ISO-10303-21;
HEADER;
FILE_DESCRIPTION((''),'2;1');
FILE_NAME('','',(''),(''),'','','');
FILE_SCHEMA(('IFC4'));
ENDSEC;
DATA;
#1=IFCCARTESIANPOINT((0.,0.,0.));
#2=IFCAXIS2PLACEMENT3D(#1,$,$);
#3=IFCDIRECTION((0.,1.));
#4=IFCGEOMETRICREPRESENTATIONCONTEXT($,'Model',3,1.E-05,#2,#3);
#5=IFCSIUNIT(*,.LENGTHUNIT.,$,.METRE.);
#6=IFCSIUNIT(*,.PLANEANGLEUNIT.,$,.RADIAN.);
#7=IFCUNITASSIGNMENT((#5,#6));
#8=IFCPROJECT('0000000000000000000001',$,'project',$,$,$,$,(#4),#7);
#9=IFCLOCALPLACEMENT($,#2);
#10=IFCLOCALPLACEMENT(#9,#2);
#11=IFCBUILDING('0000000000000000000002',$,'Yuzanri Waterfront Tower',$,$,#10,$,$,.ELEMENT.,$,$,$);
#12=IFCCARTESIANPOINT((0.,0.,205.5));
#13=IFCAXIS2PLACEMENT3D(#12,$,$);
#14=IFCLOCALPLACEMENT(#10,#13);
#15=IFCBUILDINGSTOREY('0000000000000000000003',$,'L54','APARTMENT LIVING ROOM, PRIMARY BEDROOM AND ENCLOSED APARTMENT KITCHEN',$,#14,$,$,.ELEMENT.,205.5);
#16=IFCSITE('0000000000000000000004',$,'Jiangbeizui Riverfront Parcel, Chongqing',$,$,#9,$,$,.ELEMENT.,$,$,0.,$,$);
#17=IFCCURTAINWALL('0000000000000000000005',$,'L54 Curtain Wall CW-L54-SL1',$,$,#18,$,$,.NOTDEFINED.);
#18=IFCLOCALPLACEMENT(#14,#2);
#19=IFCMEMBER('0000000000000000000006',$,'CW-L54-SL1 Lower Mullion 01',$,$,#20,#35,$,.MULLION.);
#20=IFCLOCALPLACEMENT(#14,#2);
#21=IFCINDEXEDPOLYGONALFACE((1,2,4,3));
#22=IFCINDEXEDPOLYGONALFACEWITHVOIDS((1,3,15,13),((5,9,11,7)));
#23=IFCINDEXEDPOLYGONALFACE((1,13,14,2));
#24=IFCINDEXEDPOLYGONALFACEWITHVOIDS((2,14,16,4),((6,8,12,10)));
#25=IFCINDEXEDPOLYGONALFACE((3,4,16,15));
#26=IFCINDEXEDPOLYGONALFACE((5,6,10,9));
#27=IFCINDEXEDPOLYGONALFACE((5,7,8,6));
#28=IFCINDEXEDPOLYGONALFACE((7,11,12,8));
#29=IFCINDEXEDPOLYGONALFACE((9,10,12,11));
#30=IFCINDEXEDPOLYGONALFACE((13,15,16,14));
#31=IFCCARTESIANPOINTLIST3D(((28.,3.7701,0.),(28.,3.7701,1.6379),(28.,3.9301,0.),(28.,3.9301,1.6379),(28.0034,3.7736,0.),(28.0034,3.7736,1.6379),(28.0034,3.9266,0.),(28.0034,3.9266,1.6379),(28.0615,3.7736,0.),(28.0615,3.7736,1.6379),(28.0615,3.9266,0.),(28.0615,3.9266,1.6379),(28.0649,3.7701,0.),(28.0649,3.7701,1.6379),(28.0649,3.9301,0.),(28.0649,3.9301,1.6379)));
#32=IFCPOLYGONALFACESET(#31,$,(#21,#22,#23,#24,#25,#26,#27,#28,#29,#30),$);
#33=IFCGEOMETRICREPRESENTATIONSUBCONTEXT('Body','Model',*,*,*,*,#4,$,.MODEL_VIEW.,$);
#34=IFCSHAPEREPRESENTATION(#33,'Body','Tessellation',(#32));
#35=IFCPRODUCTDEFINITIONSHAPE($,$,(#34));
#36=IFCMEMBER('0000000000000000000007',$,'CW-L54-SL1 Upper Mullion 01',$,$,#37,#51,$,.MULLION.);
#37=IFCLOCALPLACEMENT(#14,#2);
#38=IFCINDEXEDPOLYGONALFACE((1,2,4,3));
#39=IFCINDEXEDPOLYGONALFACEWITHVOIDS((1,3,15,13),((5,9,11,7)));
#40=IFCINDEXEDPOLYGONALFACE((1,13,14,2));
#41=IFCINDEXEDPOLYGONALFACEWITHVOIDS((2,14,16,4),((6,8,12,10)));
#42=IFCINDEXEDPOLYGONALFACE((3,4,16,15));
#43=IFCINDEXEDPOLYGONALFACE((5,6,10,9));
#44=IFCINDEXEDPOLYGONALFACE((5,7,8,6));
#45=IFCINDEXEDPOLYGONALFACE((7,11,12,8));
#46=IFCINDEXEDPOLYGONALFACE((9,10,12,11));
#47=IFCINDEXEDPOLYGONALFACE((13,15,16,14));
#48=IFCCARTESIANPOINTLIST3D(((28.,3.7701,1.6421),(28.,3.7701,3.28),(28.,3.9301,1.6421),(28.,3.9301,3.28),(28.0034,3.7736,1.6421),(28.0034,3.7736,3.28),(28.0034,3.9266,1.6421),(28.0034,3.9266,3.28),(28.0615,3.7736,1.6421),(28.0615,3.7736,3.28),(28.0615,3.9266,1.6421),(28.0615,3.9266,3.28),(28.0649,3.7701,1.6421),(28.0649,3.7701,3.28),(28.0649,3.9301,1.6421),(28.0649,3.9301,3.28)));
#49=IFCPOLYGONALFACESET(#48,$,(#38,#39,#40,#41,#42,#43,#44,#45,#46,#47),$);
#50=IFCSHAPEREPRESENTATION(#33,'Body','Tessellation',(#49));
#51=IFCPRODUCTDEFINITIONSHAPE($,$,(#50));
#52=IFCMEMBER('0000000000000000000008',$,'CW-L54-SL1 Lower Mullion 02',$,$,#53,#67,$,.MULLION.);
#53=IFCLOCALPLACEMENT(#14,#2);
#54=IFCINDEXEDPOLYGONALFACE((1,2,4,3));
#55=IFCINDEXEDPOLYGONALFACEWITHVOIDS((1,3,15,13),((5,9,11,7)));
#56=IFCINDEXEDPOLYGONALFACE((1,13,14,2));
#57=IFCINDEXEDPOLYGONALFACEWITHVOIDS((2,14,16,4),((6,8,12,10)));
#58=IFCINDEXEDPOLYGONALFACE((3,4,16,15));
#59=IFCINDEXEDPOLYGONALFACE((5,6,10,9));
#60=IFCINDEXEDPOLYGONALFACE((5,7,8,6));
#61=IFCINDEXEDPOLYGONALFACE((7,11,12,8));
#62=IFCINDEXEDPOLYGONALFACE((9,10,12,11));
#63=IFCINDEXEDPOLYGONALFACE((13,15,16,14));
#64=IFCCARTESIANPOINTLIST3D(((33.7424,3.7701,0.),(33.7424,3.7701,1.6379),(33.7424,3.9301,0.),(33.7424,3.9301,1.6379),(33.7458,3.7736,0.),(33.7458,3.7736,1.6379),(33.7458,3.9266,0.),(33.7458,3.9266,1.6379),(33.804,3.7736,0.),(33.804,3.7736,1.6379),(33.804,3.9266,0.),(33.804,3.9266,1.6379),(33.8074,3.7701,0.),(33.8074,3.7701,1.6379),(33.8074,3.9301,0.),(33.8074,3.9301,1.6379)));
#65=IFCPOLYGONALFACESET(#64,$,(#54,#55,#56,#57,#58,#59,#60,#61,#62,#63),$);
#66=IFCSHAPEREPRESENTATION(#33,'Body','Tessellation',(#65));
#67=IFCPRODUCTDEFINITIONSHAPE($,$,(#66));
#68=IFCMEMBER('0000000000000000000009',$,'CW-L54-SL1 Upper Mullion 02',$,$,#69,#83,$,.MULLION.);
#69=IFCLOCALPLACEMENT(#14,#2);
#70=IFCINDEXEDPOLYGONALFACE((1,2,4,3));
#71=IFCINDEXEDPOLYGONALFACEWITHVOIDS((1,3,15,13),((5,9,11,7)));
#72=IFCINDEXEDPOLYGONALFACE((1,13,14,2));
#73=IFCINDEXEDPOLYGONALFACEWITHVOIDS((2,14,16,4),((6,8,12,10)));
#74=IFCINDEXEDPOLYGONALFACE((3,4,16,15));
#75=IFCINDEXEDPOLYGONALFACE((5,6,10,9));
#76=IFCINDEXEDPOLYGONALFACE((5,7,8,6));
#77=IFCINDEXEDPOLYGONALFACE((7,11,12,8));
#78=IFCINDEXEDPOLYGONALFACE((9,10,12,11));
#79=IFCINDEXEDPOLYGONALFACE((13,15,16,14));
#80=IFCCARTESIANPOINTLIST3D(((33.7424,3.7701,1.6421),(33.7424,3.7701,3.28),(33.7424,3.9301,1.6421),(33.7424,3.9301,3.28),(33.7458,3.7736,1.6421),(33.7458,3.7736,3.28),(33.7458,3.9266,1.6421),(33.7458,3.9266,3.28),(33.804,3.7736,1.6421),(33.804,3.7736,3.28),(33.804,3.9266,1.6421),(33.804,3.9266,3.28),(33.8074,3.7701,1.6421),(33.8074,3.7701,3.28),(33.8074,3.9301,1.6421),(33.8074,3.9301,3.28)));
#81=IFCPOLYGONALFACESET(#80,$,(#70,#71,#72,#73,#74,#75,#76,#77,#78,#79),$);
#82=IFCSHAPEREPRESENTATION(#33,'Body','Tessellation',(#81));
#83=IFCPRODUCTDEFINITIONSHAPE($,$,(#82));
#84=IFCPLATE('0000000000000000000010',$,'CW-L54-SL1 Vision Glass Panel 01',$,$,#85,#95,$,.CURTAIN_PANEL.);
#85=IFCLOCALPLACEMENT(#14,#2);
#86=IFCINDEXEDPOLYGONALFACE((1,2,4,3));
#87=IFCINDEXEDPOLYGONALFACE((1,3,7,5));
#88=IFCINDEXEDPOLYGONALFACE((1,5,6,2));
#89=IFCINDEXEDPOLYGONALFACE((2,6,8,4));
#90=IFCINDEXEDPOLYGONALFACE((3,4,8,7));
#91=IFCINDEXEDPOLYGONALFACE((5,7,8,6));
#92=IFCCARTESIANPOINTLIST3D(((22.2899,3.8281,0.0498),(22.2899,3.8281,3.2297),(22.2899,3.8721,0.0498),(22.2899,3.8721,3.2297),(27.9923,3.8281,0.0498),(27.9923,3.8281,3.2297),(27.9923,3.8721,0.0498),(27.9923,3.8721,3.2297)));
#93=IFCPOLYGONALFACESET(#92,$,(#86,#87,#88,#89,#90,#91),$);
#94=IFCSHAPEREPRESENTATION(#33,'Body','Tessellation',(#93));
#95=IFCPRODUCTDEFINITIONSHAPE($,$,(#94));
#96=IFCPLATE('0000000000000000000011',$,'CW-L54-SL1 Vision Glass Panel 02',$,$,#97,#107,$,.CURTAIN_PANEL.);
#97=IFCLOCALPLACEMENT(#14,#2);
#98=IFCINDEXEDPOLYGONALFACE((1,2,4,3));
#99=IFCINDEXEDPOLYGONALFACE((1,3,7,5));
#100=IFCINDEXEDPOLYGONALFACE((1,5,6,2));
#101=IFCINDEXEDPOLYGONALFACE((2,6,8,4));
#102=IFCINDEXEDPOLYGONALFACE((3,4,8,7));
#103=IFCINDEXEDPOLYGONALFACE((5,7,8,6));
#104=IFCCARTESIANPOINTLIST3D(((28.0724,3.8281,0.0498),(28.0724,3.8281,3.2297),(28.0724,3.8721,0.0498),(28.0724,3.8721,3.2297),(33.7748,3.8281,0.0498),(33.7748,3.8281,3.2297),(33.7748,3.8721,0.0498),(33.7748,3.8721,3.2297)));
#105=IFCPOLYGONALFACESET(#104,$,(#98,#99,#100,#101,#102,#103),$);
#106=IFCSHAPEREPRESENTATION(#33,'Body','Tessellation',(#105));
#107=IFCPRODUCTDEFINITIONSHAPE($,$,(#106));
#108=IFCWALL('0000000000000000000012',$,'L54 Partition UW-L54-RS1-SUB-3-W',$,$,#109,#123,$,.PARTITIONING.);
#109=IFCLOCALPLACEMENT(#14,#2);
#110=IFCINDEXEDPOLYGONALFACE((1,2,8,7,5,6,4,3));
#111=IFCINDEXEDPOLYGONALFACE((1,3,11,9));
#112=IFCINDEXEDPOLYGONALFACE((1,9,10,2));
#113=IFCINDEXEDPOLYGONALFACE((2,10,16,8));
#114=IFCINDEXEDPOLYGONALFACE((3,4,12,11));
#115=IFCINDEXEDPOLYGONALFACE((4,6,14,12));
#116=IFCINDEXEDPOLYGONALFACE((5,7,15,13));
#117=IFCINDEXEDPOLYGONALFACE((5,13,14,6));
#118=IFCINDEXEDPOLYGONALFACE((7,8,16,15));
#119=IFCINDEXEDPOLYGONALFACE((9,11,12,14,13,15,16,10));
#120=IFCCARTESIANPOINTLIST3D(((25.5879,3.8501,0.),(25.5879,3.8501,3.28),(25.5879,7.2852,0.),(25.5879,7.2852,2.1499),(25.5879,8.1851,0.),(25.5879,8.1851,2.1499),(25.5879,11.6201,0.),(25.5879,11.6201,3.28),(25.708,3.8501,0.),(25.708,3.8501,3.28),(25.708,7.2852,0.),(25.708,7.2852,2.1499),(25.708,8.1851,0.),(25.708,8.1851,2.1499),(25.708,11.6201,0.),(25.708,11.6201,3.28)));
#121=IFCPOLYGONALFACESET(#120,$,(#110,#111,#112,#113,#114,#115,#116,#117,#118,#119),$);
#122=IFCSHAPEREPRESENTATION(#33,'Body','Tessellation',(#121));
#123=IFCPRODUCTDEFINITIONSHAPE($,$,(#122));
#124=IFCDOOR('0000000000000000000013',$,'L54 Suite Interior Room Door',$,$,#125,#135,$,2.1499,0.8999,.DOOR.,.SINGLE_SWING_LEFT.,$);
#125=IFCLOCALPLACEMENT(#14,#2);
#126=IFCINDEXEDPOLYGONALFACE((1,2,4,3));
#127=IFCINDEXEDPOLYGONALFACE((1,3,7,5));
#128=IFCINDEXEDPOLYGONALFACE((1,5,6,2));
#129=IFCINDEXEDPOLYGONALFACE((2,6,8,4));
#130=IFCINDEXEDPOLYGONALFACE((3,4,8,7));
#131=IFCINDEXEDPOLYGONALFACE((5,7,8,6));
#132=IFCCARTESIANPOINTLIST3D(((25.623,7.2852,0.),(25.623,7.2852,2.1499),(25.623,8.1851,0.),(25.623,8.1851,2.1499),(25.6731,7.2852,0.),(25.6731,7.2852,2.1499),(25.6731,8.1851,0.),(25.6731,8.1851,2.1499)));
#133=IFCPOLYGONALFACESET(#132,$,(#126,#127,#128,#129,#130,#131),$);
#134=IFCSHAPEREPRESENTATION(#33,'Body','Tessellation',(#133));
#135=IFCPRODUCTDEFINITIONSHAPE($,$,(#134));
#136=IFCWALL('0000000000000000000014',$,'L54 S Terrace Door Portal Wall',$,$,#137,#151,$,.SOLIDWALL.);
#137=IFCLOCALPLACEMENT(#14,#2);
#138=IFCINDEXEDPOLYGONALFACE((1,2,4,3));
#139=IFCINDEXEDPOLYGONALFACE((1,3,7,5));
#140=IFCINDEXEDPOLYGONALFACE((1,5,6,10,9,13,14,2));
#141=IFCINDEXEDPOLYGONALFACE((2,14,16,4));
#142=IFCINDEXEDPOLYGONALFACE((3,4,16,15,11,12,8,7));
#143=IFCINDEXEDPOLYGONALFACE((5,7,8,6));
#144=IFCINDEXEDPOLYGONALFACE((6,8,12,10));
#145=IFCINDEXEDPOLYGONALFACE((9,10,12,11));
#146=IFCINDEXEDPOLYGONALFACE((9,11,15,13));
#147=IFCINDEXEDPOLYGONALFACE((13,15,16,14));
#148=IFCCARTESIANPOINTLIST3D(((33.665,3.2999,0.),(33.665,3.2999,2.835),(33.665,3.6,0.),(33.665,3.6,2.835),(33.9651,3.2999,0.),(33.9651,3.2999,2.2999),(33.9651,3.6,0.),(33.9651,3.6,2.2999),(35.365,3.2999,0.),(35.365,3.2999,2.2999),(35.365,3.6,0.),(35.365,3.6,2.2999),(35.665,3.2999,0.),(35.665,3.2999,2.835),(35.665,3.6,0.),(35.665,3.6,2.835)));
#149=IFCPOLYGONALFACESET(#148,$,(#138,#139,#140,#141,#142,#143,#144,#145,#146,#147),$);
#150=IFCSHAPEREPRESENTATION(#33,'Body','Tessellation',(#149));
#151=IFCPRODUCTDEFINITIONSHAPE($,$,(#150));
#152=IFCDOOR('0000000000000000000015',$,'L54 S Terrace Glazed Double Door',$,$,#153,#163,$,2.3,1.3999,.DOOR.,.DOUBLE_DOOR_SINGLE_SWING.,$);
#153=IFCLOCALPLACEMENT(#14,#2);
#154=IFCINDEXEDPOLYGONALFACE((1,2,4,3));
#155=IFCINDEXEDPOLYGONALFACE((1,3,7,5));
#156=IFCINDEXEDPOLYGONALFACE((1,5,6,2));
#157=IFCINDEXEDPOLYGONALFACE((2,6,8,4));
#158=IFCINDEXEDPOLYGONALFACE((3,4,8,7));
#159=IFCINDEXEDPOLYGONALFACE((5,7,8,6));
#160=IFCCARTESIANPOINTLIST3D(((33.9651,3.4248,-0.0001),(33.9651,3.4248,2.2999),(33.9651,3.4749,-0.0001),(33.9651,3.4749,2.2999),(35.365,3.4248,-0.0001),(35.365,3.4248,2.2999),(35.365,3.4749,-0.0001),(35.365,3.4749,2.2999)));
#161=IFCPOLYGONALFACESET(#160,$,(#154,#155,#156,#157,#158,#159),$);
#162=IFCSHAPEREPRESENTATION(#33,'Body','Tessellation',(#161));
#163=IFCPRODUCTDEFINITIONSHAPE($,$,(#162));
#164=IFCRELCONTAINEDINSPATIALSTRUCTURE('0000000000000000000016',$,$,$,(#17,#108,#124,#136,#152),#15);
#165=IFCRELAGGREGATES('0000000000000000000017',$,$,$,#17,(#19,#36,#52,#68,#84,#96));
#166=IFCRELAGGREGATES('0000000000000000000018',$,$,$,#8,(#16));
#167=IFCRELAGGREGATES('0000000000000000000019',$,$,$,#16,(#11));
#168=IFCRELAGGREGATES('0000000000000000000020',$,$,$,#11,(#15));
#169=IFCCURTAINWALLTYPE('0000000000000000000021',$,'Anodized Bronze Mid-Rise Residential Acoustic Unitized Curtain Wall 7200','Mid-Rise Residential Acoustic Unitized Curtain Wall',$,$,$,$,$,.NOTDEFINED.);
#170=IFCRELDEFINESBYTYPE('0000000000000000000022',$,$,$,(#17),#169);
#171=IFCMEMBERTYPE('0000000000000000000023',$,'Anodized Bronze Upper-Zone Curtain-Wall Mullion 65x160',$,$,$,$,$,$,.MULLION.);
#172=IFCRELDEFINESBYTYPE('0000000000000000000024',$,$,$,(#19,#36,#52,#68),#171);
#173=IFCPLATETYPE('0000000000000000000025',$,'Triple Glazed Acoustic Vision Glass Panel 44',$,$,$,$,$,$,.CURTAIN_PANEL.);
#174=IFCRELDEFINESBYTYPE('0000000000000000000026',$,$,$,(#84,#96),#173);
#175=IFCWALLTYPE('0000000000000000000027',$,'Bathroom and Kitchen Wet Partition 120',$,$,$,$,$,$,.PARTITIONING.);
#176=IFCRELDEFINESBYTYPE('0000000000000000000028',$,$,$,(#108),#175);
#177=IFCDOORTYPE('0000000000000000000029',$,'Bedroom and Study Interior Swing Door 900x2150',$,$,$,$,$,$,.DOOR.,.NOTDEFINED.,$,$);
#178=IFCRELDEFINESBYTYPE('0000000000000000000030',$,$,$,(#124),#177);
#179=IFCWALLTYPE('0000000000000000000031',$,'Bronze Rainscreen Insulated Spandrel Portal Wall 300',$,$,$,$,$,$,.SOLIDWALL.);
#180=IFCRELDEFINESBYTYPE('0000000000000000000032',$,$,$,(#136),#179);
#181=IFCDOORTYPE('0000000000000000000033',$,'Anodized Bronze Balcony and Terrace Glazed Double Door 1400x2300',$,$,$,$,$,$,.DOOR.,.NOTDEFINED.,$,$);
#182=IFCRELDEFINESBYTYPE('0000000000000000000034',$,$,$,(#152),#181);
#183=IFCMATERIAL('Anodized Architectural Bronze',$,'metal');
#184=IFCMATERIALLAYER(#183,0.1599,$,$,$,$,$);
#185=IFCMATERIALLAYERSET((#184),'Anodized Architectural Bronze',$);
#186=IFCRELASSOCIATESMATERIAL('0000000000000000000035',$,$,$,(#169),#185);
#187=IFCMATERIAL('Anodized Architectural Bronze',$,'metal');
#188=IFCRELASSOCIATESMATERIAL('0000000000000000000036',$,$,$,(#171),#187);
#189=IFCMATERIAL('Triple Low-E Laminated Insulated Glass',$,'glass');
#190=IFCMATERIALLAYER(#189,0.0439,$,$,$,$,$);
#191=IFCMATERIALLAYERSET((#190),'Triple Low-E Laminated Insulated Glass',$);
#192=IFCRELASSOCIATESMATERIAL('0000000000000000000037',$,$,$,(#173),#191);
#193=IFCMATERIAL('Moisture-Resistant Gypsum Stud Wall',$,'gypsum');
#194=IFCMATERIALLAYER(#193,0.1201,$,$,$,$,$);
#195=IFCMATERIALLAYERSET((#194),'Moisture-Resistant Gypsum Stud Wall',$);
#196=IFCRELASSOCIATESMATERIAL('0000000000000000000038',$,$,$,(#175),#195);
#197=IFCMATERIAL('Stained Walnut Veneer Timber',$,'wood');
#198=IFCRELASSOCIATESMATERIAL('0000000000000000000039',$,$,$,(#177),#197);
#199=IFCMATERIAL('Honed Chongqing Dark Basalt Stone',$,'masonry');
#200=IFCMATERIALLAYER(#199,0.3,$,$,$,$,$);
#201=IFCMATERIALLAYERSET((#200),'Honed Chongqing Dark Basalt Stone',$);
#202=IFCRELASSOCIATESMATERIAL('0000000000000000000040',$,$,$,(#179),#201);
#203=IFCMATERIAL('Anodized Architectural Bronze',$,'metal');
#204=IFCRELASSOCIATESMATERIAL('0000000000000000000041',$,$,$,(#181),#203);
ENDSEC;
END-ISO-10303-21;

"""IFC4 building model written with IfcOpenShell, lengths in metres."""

from ifc_helpers import new_model, si_unit, direction, frame, frame_2d, origin, origin_2d, place, context, subcontext, project, spatial, rectangle, hollow_rectangle, extrude, source, transform, mapped, material, layer, layer_set, material_profile, profile_set, type_object, element, fill, aggregate, save


model = new_model("IFC4")

# Units and contexts
model_context = context("Model", 3, precision=1e-05, world=origin(), true_north=direction((0.0, 1.0)))
body_context = subcontext(model_context, "Body", "Model", "MODEL_VIEW")
ifc_project = project(units=[si_unit("LENGTHUNIT", "METRE"), si_unit("PLANEANGLEUNIT", "RADIAN")], contexts=[model_context])

# Site, building, storey
site_placement = place(None, origin())
site = spatial("IfcSite", under=ifc_project, at=site_placement, Name="Jiangbeizui Riverfront Parcel, Chongqing", CompositionType="ELEMENT", RefElevation=0.0)
building_placement = place(site_placement, origin())
building = spatial("IfcBuilding", under=site, at=building_placement, Name="Yuzanri Waterfront Tower", CompositionType="ELEMENT")
storey_placement = place(building_placement, frame((0.0, 0.0, 205.5)))
storey = spatial("IfcBuildingStorey", under=building, at=storey_placement, Name="L54", Description="APARTMENT LIVING ROOM, PRIMARY BEDROOM AND ENCLOSED APARTMENT KITCHEN", CompositionType="ELEMENT", Elevation=205.5)

# Curtain wall, members, plates
ifc_material_1 = material(Name="Anodized Architectural Bronze", Category="metal")
ifc_layer_1 = layer(ifc_material_1, 0.1599)
ifc_layer_set_1 = layer_set([ifc_layer_1], Name="Anodized Architectural Bronze")
curtain_wall_type = type_object("IfcCurtainWallType", Name="Anodized Bronze Mid-Rise Residential Acoustic Unitized Curtain Wall 7200", Description="Mid-Rise Residential Acoustic Unitized Curtain Wall", PredefinedType="NOTDEFINED", material=ifc_layer_set_1)
curtain_wall_placement = place(storey_placement, origin())
curtain_wall = element("IfcCurtainWall", 1, at=curtain_wall_placement, inside=storey, type_object=curtain_wall_type, Name="L54 Curtain Wall CW-L54-SL1", PredefinedType="NOTDEFINED")
ifc_material_2 = material(Name="Anodized Architectural Bronze", Category="metal")
ifc_material_profile = material_profile(ifc_material_2, hollow_rectangle(XDim=0.0649, YDim=0.1599, WallThickness=0.0034, at=origin_2d()), Name="CWM 65x160")
ifc_profile_set = profile_set([ifc_material_profile], Name="Anodized Architectural Bronze")
member_type = type_object("IfcMemberType", Name="Anodized Bronze Upper-Zone Curtain-Wall Mullion 65x160", PredefinedType="MULLION", material=ifc_profile_set)
shared_shape_1 = source(origin(), body_context, "Body", "SweptSolid", [
    extrude(hollow_rectangle(XDim=0.0649, YDim=0.1599, WallThickness=0.0034, at=origin_2d()), origin(), (0.0, 0.0, 1.0), 1.6379),
])
member_1_placement = place(storey_placement, frame((28.0325, 3.8501, 0.0), z_axis=(0.0, 0.0, 1.0), x_axis=(1.0, 0.0, 0.0)))
member_1 = element("IfcMember", 2, at=member_1_placement, type_object=member_type, Name="CW-L54-SL1 Lower Mullion 01", PredefinedType="MULLION", context=body_context, shape_type="MappedRepresentation", body=[
    mapped(shared_shape_1, transform((0.0, 0.0, 0.0), scale=1.0)),
])
member_2_placement = place(storey_placement, frame((28.0325, 3.8501, 1.6421), z_axis=(0.0, 0.0, 1.0), x_axis=(1.0, 0.0, 0.0)))
member_2 = element("IfcMember", 3, at=member_2_placement, type_object=member_type, Name="CW-L54-SL1 Upper Mullion 01", PredefinedType="MULLION", context=body_context, shape_type="MappedRepresentation", body=[
    mapped(shared_shape_1, transform((0.0, 0.0, 0.0), scale=1.0)),
])
member_3_placement = place(storey_placement, frame((33.7749, 3.8501, 0.0), z_axis=(0.0, 0.0, 1.0), x_axis=(1.0, 0.0, 0.0)))
member_3 = element("IfcMember", 4, at=member_3_placement, type_object=member_type, Name="CW-L54-SL1 Lower Mullion 02", PredefinedType="MULLION", context=body_context, shape_type="MappedRepresentation", body=[
    mapped(shared_shape_1, transform((0.0, 0.0, 0.0), scale=1.0)),
])
member_4_placement = place(storey_placement, frame((33.7749, 3.8501, 1.6421), z_axis=(0.0, 0.0, 1.0), x_axis=(1.0, 0.0, 0.0)))
member_4 = element("IfcMember", 5, at=member_4_placement, type_object=member_type, Name="CW-L54-SL1 Upper Mullion 02", PredefinedType="MULLION", context=body_context, shape_type="MappedRepresentation", body=[
    mapped(shared_shape_1, transform((0.0, 0.0, 0.0), scale=1.0)),
])
ifc_material_3 = material(Name="Triple Low-E Laminated Insulated Glass", Category="glass")
ifc_layer_2 = layer(ifc_material_3, 0.0439)
ifc_layer_set_2 = layer_set([ifc_layer_2], Name="Triple Low-E Laminated Insulated Glass")
plate_type = type_object("IfcPlateType", Name="Triple Glazed Acoustic Vision Glass Panel 44", PredefinedType="CURTAIN_PANEL", material=ifc_layer_set_2)
shared_shape_2 = source(origin(), body_context, "Body", "SweptSolid", [
    extrude(rectangle(XDim=5.7024, YDim=0.0439, at=origin_2d()), origin(), (0.0, 0.0, 1.0), 3.1799),
])
plate_1_placement = place(storey_placement, frame((25.1411, 3.8501, 0.0498), z_axis=(0.0, 0.0, 1.0), x_axis=(1.0, 0.0, 0.0)))
plate_1 = element("IfcPlate", 6, at=plate_1_placement, type_object=plate_type, Name="CW-L54-SL1 Vision Glass Panel 01", PredefinedType="CURTAIN_PANEL", context=body_context, shape_type="MappedRepresentation", body=[
    mapped(shared_shape_2, transform((0.0, 0.0, 0.0), scale=1.0)),
])
plate_2_placement = place(storey_placement, frame((30.9236, 3.8501, 0.0498), z_axis=(0.0, 0.0, 1.0), x_axis=(1.0, 0.0, 0.0)))
plate_2 = element("IfcPlate", 7, at=plate_2_placement, type_object=plate_type, Name="CW-L54-SL1 Vision Glass Panel 02", PredefinedType="CURTAIN_PANEL", context=body_context, shape_type="MappedRepresentation", body=[
    mapped(shared_shape_2, transform((0.0, 0.0, 0.0), scale=1.0)),
])
aggregate(curtain_wall, [member_1, member_2, member_3, member_4, plate_1, plate_2])

# Walls, openings, doors
ifc_material_4 = material(Name="Moisture-Resistant Gypsum Stud Wall", Category="gypsum")
ifc_layer_3 = layer(ifc_material_4, 0.1201)
ifc_layer_set_3 = layer_set([ifc_layer_3], Name="Moisture-Resistant Gypsum Stud Wall")
wall_type_1 = type_object("IfcWallType", Name="Bathroom and Kitchen Wet Partition 120", PredefinedType="PARTITIONING", material=ifc_layer_set_3)
wall_1_placement = place(storey_placement, frame((25.6479, 3.8501, 0.0), z_axis=(0.0, 0.0, 1.0), x_axis=(0.0, 1.0, 0.0)))
wall_1 = element("IfcWall", 8, at=wall_1_placement, inside=storey, type_object=wall_type_1, Name="L54 Partition UW-L54-RS1-SUB-3-W", PredefinedType="PARTITIONING", context=body_context, shape_type="SweptSolid", body=[
    extrude(rectangle(XDim=7.77, YDim=0.1201, at=frame_2d((3.885, 0.0))), origin(), (0.0, 0.0, 1.0), 3.28),
])
opening_1_placement = place(wall_1_placement, frame((3.4351, 0.0, 0.0)))
opening_1 = element("IfcOpeningElement", 9, at=opening_1_placement, cuts=wall_1, PredefinedType="OPENING", context=body_context, shape_type="SweptSolid", body=[
    extrude(rectangle(XDim=0.8999, YDim=2.1499, at=frame_2d((0.45, 1.075))), frame((0.0, 0.075, 0.0), z_axis=(0.0, -1.0, 0.0), x_axis=(1.0, 0.0, 0.0)), (0.0, 0.0, 1.0), 0.1499),
])
ifc_material_5 = material(Name="Stained Walnut Veneer Timber", Category="wood")
door_type_1 = type_object("IfcDoorType", Name="Bedroom and Study Interior Swing Door 900x2150", OperationType="NOTDEFINED", PredefinedType="DOOR", material=ifc_material_5)
shared_shape_3 = source(origin(), body_context, "Body", "SweptSolid", [
    extrude(rectangle(XDim=0.8999, YDim=2.1499, at=frame_2d((0.45, 1.075))), frame((0.0, 0.0249, 0.0), z_axis=(0.0, -1.0, 0.0), x_axis=(1.0, 0.0, 0.0)), (0.0, 0.0, 1.0), 0.05),
])
door_1_placement = place(opening_1_placement, origin())
door_1 = element("IfcDoor", 10, at=door_1_placement, inside=storey, type_object=door_type_1, Name="L54 Suite Interior Room Door", OperationType="SINGLE_SWING_LEFT", OverallHeight=2.1499, OverallWidth=0.8999, PredefinedType="DOOR", context=body_context, shape_type="MappedRepresentation", body=[
    mapped(shared_shape_3, transform((0.0, 0.0, 0.0), scale=1.0)),
])
fill(opening_1, door_1)
ifc_material_6 = material(Name="Honed Chongqing Dark Basalt Stone", Category="masonry")
ifc_layer_4 = layer(ifc_material_6, 0.3)
ifc_layer_set_4 = layer_set([ifc_layer_4], Name="Honed Chongqing Dark Basalt Stone")
wall_type_2 = type_object("IfcWallType", Name="Bronze Rainscreen Insulated Spandrel Portal Wall 300", PredefinedType="SOLIDWALL", material=ifc_layer_set_4)
wall_2_placement = place(storey_placement, frame((33.665, 3.45, 0.0), z_axis=(0.0, 0.0, 1.0), x_axis=(1.0, 0.0, 0.0)))
wall_2 = element("IfcWall", 11, at=wall_2_placement, inside=storey, type_object=wall_type_2, Name="L54 S Terrace Door Portal Wall", PredefinedType="SOLIDWALL", context=body_context, shape_type="SweptSolid", body=[
    extrude(rectangle(XDim=2.0, YDim=0.3, at=frame_2d((1.0, 0.0))), origin(), (0.0, 0.0, 1.0), 2.835),
])
opening_2_placement = place(wall_2_placement, frame((0.3, 0.0, 0.0)))
opening_2 = element("IfcOpeningElement", 12, at=opening_2_placement, cuts=wall_2, PredefinedType="OPENING", context=body_context, shape_type="SweptSolid", body=[
    extrude(rectangle(XDim=1.3999, YDim=2.3, at=frame_2d((0.7, 1.1499))), frame((0.0, 0.165, 0.0), z_axis=(0.0, -1.0, 0.0), x_axis=(1.0, 0.0, 0.0)), (0.0, 0.0, 1.0), 0.3298),
])
ifc_material_7 = material(Name="Anodized Architectural Bronze", Category="metal")
door_type_2 = type_object("IfcDoorType", Name="Anodized Bronze Balcony and Terrace Glazed Double Door 1400x2300", OperationType="NOTDEFINED", PredefinedType="DOOR", material=ifc_material_7)
shared_shape_4 = source(origin(), body_context, "Body", "SweptSolid", [
    extrude(rectangle(XDim=1.3999, YDim=2.3, at=frame_2d((0.7, 1.1499))), frame((0.0, 0.0249, 0.0), z_axis=(0.0, -1.0, 0.0), x_axis=(1.0, 0.0, 0.0)), (0.0, 0.0, 1.0), 0.05),
])
door_2_placement = place(opening_2_placement, origin())
door_2 = element("IfcDoor", 13, at=door_2_placement, inside=storey, type_object=door_type_2, Name="L54 S Terrace Glazed Double Door", OperationType="DOUBLE_DOOR_SINGLE_SWING", OverallHeight=2.3, OverallWidth=1.3999, PredefinedType="DOOR", context=body_context, shape_type="MappedRepresentation", body=[
    mapped(shared_shape_4, transform((0.0, 0.0, 0.0), scale=1.0)),
])
fill(opening_2, door_2)

save(model, "model.ifc")
